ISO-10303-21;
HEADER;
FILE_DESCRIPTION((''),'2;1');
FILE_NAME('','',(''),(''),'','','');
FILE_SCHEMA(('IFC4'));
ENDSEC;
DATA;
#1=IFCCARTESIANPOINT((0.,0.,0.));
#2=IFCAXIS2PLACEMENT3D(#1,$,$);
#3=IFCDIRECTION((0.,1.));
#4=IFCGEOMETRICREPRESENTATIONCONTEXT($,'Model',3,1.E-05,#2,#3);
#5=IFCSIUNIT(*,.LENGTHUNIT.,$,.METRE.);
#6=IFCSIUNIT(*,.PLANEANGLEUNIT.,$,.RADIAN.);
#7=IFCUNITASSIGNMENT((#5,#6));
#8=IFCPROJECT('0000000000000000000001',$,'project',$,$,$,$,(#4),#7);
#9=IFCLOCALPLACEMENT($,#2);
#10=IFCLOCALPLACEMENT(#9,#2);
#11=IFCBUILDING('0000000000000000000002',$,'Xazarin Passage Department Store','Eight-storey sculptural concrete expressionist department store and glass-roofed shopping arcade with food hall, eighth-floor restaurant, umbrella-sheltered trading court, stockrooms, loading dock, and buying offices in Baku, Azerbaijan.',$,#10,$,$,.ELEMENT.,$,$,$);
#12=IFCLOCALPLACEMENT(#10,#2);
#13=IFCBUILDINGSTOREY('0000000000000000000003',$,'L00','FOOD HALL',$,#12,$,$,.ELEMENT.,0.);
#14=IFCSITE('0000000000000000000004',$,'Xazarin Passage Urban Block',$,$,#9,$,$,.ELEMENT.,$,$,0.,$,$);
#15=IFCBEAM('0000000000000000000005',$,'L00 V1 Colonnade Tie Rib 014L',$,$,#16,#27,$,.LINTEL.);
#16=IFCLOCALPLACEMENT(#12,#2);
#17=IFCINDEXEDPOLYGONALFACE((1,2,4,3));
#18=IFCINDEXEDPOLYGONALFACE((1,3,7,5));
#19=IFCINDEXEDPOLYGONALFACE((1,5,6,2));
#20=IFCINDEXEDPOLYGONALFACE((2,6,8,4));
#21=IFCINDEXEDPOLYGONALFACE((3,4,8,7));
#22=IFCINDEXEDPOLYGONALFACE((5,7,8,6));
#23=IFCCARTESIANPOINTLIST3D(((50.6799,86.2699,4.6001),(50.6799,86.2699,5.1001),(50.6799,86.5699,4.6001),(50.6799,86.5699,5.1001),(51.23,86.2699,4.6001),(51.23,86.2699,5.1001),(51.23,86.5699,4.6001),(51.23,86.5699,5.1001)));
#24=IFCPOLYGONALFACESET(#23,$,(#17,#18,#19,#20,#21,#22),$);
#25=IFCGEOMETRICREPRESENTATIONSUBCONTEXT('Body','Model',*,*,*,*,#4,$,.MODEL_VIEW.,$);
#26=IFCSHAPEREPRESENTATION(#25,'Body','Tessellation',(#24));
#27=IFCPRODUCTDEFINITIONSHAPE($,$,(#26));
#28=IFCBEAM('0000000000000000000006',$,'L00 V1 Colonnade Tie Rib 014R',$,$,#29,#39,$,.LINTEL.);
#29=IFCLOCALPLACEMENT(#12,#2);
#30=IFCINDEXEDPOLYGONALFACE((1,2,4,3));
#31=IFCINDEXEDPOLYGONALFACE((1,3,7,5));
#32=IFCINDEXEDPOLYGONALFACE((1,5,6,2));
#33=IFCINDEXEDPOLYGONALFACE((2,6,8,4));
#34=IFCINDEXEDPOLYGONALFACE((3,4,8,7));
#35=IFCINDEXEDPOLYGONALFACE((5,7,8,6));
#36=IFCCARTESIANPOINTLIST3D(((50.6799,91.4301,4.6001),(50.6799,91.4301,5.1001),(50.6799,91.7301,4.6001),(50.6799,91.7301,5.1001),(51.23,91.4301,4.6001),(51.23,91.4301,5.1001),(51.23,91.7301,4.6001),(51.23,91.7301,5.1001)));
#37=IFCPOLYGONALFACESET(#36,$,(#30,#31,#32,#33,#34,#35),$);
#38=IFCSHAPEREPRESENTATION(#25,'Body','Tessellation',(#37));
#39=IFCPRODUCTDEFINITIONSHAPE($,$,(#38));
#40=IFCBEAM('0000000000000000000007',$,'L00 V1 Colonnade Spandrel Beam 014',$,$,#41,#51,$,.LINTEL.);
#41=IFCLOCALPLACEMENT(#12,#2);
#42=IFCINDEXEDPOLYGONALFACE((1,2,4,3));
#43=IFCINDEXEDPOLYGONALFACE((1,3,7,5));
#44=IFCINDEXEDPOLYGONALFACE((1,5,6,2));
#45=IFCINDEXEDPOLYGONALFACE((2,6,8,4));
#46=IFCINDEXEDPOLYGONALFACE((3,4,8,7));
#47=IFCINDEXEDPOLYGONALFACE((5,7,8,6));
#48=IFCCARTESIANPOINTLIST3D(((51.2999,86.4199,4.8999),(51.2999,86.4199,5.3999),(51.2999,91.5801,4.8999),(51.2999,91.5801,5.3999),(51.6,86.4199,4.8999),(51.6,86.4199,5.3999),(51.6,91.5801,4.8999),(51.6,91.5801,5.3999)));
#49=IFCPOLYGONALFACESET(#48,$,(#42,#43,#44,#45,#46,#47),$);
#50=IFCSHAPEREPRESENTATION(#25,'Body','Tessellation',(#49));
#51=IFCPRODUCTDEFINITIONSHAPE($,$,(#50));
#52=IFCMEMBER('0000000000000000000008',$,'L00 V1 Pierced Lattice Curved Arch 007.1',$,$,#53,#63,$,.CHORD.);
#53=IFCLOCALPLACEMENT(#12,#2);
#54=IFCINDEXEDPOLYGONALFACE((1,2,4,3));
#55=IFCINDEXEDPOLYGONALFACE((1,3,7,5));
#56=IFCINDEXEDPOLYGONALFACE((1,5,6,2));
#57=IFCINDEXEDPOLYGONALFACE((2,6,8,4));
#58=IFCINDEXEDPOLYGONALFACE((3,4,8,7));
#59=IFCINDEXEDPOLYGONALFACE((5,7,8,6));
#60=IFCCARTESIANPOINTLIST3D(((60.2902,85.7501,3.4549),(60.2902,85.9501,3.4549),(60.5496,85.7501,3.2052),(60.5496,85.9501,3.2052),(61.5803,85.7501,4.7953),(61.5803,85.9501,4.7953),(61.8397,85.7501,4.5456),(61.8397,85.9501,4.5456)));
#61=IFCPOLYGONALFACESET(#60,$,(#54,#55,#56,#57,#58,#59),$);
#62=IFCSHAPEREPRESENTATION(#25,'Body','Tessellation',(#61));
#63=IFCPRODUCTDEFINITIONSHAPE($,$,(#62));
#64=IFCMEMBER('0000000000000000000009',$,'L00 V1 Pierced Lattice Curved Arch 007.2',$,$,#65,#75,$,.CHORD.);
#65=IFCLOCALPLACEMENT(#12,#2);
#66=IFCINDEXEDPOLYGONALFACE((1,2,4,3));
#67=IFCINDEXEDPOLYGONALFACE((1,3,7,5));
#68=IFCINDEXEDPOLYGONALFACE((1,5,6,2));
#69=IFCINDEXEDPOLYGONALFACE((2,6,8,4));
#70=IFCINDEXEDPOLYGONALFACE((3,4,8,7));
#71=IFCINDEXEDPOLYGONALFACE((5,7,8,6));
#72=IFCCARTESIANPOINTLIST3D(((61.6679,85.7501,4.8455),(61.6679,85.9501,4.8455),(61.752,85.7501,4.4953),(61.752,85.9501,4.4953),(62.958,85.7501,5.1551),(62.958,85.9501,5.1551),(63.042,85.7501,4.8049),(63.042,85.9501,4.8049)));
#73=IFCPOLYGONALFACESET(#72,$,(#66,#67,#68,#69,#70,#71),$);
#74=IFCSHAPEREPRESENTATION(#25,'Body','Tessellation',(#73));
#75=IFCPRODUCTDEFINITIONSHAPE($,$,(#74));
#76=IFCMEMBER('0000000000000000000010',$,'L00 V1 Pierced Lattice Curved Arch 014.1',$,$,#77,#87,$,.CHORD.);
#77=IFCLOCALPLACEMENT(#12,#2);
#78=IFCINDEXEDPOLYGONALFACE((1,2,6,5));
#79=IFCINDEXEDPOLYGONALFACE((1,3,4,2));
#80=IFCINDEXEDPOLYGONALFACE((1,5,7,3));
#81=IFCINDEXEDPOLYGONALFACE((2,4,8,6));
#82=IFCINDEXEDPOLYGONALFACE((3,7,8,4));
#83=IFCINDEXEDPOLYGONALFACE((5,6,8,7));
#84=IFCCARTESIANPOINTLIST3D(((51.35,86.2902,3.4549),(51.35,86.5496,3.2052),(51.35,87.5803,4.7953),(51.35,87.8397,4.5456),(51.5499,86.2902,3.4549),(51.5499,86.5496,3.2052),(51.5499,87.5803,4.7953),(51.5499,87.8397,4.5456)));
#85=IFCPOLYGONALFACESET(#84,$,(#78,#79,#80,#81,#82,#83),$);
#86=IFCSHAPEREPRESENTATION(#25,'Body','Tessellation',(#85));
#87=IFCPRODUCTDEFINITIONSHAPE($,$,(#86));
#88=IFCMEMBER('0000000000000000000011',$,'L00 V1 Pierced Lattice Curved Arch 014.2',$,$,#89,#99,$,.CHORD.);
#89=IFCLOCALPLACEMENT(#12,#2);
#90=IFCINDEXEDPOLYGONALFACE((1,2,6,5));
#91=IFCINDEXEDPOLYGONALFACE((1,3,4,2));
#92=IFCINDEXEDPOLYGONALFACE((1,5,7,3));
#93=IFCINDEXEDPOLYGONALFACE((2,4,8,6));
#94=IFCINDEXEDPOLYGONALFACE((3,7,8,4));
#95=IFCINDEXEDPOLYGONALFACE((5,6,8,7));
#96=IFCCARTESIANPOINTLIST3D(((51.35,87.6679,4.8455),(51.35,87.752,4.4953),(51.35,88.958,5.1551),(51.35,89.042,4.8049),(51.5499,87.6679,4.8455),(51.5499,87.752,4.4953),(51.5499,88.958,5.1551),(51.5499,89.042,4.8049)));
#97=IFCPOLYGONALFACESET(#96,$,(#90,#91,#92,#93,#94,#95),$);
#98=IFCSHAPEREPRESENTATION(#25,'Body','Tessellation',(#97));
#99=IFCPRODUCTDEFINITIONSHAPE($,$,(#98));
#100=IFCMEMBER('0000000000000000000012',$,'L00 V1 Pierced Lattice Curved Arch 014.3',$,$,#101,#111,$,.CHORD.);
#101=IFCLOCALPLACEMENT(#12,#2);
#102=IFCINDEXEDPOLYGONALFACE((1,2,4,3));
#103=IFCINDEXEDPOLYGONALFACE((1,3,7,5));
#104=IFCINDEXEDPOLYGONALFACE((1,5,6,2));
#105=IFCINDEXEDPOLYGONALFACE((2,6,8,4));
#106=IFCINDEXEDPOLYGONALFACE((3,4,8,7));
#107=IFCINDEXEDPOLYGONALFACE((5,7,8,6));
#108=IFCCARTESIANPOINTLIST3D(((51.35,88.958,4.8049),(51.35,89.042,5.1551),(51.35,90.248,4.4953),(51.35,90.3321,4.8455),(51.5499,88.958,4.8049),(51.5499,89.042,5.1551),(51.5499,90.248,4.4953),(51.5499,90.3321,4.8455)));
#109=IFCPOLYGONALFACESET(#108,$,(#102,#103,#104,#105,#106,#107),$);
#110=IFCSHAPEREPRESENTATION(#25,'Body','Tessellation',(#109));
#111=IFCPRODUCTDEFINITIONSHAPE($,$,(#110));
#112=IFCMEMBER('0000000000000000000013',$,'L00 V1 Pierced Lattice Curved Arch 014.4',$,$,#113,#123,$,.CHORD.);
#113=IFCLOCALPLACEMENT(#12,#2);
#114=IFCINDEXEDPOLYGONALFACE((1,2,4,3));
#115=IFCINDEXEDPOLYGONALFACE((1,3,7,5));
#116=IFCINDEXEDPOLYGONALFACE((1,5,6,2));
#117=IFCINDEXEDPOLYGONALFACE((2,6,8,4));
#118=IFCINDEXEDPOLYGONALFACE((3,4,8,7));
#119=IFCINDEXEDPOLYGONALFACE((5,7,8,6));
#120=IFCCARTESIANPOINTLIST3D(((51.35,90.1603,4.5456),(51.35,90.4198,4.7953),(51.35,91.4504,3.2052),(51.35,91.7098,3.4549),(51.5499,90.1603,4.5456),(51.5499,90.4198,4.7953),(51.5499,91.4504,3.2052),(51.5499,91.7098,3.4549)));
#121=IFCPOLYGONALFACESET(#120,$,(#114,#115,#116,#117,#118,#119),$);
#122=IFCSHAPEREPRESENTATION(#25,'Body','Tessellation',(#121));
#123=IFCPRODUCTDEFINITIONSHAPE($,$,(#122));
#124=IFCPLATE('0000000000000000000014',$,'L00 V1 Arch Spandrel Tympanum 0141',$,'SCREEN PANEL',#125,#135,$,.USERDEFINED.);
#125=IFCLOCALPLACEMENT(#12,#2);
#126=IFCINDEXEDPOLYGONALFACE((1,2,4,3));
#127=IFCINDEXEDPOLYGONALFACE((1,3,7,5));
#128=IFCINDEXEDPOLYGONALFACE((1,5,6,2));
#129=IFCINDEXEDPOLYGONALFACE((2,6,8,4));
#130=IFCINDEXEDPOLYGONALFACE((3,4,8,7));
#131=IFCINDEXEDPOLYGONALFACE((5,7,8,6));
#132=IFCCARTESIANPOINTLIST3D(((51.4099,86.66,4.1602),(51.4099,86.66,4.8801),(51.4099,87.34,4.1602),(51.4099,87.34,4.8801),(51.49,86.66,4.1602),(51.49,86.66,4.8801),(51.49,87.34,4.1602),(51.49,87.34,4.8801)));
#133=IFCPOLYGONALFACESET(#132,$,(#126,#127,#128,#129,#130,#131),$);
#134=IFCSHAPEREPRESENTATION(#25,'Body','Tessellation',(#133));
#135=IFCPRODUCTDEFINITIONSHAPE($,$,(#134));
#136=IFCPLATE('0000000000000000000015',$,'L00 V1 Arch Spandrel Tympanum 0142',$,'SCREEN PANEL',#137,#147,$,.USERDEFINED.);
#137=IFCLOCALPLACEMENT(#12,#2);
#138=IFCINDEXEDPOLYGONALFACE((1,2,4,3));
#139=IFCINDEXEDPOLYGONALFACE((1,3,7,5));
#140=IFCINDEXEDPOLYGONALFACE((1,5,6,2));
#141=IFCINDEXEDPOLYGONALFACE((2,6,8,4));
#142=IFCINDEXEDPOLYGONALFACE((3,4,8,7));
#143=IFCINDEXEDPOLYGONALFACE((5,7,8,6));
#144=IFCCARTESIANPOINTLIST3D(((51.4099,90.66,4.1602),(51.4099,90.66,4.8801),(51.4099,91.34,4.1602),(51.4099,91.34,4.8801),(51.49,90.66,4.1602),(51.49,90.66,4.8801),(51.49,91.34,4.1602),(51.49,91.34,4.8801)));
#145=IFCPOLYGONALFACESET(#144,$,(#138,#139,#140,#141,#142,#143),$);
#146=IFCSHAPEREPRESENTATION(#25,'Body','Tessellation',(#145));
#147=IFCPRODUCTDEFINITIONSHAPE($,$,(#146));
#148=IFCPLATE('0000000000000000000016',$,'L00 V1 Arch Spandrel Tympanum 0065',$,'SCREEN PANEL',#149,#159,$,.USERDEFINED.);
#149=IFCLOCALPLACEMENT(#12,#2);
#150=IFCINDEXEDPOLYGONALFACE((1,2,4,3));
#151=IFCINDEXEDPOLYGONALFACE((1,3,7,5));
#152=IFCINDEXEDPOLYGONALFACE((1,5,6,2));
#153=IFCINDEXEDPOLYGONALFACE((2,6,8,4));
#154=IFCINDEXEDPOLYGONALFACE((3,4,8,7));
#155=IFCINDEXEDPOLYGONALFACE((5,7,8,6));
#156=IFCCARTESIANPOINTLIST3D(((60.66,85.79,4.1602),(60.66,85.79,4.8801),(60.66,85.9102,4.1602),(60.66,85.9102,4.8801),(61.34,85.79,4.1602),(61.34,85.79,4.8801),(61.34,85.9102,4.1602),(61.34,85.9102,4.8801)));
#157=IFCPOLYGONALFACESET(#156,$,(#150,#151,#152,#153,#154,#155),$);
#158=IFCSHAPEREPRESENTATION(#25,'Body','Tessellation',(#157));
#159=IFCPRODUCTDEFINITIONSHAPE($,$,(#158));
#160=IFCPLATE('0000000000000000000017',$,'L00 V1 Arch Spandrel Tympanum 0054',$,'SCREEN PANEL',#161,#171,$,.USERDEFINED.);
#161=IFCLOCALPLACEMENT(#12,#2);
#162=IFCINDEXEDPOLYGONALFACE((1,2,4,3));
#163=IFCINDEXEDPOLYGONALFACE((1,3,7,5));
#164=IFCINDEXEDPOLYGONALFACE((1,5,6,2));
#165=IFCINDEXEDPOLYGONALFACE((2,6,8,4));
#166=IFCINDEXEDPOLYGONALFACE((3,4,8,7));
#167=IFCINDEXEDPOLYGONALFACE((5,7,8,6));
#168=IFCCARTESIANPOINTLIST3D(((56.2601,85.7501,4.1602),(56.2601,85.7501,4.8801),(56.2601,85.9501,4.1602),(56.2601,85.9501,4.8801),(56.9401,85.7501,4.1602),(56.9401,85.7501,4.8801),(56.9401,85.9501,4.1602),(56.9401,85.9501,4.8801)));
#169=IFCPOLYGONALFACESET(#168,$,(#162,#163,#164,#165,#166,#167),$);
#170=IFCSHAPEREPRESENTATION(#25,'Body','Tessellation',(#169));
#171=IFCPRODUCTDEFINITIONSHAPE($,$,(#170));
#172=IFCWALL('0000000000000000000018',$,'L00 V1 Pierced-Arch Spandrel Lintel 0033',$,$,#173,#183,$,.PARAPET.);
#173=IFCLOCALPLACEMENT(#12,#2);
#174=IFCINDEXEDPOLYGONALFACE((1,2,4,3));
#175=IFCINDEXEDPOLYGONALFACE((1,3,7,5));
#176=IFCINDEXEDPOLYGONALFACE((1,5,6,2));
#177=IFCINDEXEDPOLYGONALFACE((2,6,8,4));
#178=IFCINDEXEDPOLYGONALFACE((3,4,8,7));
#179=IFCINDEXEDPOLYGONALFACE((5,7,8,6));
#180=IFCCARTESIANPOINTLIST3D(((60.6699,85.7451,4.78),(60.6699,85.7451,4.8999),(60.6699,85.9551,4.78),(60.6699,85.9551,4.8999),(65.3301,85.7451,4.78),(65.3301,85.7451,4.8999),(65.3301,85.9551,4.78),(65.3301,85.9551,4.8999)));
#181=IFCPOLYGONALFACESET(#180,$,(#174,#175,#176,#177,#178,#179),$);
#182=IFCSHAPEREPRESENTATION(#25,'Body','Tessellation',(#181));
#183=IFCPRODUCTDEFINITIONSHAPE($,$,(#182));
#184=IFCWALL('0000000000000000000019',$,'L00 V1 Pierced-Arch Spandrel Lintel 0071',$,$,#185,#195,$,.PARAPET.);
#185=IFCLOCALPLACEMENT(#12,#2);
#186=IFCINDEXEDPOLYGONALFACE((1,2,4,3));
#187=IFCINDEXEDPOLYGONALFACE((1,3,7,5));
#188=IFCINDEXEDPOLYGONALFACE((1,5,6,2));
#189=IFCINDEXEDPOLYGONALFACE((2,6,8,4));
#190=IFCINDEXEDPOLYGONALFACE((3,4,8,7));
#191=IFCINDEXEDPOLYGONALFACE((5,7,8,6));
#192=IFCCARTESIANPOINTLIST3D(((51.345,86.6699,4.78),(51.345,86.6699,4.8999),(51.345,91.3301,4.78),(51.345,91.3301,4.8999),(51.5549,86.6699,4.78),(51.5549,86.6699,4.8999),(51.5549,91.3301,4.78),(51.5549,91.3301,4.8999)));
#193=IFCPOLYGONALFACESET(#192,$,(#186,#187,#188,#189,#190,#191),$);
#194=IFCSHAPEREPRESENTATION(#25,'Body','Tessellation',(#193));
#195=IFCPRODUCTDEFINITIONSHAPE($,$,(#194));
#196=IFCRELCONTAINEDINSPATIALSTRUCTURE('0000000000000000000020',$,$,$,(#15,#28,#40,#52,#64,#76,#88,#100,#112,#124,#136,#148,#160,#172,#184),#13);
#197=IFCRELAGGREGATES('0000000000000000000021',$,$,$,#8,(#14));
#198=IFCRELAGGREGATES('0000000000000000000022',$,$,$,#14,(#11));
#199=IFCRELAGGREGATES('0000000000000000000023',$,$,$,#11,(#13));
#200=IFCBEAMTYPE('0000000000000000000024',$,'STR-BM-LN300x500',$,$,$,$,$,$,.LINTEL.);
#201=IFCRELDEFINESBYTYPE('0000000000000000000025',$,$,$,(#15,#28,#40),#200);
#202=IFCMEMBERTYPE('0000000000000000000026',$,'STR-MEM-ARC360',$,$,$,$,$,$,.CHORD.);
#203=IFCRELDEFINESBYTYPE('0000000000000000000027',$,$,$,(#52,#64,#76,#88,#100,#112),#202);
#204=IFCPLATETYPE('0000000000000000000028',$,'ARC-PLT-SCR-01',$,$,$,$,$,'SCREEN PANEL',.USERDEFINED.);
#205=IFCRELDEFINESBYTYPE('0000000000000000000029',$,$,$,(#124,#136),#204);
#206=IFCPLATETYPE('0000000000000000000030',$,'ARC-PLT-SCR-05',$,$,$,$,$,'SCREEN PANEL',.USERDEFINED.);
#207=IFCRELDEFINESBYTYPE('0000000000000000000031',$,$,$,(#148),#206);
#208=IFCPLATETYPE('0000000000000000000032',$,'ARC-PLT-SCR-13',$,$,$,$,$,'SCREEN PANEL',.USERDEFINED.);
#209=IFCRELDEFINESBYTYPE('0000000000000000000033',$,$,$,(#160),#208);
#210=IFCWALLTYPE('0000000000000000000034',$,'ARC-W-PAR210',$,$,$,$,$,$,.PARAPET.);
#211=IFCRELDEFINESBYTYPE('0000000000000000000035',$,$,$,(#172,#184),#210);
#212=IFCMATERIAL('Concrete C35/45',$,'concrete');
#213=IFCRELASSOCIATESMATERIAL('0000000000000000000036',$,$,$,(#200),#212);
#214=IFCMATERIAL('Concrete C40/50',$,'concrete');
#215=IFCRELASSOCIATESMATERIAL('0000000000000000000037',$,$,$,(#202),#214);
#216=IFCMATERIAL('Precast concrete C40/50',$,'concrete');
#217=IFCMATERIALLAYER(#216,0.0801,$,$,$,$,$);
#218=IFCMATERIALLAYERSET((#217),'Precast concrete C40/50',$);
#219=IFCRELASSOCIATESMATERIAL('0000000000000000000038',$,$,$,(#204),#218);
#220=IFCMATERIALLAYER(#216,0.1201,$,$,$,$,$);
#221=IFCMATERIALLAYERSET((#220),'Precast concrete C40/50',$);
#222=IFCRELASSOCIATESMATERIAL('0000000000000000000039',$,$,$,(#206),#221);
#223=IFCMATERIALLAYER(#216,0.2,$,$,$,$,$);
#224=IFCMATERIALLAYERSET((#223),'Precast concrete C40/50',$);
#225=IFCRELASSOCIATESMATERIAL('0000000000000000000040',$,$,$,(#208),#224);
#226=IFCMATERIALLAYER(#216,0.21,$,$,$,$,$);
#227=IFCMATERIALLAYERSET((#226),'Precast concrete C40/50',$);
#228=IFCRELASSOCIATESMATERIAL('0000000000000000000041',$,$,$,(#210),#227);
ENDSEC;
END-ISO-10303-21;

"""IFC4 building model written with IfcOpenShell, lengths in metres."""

from ifc_helpers import new_model, si_unit, direction, frame, frame_2d, origin, origin_2d, place, context, subcontext, project, spatial, rectangle, extrude, material, layer, layer_set, material_profile, profile_set, type_object, element, save


model = new_model("IFC4")

# Units and contexts
model_context = context("Model", 3, precision=1e-05, world=origin(), true_north=direction((0.0, 1.0)))
body_context = subcontext(model_context, "Body", "Model", "MODEL_VIEW")
ifc_project = project(units=[si_unit("LENGTHUNIT", "METRE"), si_unit("PLANEANGLEUNIT", "RADIAN")], contexts=[model_context])

# Site, building, storey
site_placement = place(None, origin())
site = spatial("IfcSite", under=ifc_project, at=site_placement, Name="Xazarin Passage Urban Block", CompositionType="ELEMENT", RefElevation=0.0)
building_placement = place(site_placement, origin())
building = spatial("IfcBuilding", under=site, at=building_placement, Name="Xazarin Passage Department Store", Description="Eight-storey sculptural concrete expressionist department store and glass-roofed shopping arcade with food hall, eighth-floor restaurant, umbrella-sheltered trading court, stockrooms, loading dock, and buying offices in Baku, Azerbaijan.", CompositionType="ELEMENT")
storey_placement = place(building_placement, origin())
storey = spatial("IfcBuildingStorey", under=building, at=storey_placement, Name="L00", Description="FOOD HALL", CompositionType="ELEMENT", Elevation=0.0)

# Shared definitions
ifc_material_1 = material(Name="Concrete C35/45", Category="concrete")

# Shared definitions
ifc_material_2 = material(Name="Concrete C40/50", Category="concrete")

# Beams
ifc_material_profile_1 = material_profile(ifc_material_1, rectangle(XDim=0.3, YDim=0.5, at=origin_2d()), Name="RC 300x500")
ifc_profile_set_1 = profile_set([ifc_material_profile_1], Name="Concrete C35/45")
beam_type = type_object("IfcBeamType", Name="STR-BM-LN300x500", PredefinedType="LINTEL", material=ifc_profile_set_1)
for number, where, z_axis, x_axis, name in (
    (1, (50.6799, 86.4199, 4.8501), (1.0, 0.0, 0.0), (0.0, 1.0, 0.0), "L00 V1 Colonnade Tie Rib 014L"),
    (2, (50.6799, 91.5801, 4.8501), (1.0, 0.0, 0.0), (0.0, 1.0, 0.0), "L00 V1 Colonnade Tie Rib 014R"),
):
    element("IfcBeam", number, at=place(storey_placement, frame(where, z_axis=z_axis, x_axis=x_axis)), inside=storey, type_object=beam_type, Name=name, PredefinedType="LINTEL", context=body_context, shape_type="SweptSolid", body=[
        extrude(rectangle(XDim=0.3, YDim=0.5, at=origin_2d()), origin(), (0.0, 0.0, 1.0), 0.55),
    ])
beam_1_placement = place(storey_placement, frame((51.45, 86.4199, 5.1499), z_axis=(0.0, 1.0, 0.0), x_axis=(-1.0, 0.0, 0.0)))
element("IfcBeam", 3, at=beam_1_placement, inside=storey, type_object=beam_type, Name="L00 V1 Colonnade Spandrel Beam 014", PredefinedType="LINTEL", context=body_context, shape_type="SweptSolid", body=[
    extrude(rectangle(XDim=0.3, YDim=0.5, at=origin_2d()), origin(), (0.0, 0.0, 1.0), 5.1602),
])

# Members
ifc_material_profile_2 = material_profile(ifc_material_2, rectangle(XDim=0.2, YDim=0.3601, at=origin_2d()), Name="RC 200x360")
ifc_profile_set_2 = profile_set([ifc_material_profile_2], Name="Concrete C40/50")
member_type = type_object("IfcMemberType", Name="STR-MEM-ARC360", PredefinedType="CHORD", material=ifc_profile_set_2)
member_1_placement = place(storey_placement, frame((60.4199, 85.8501, 3.3301), z_axis=(0.69346, 0.0, 0.720495), x_axis=(0.0, 1.0, 0.0)))
element("IfcMember", 4, at=member_1_placement, inside=storey, type_object=member_type, Name="L00 V1 Pierced Lattice Curved Arch 007.1", PredefinedType="CHORD", context=body_context, shape_type="SweptSolid", body=[
    extrude(rectangle(XDim=0.2, YDim=0.3601, at=origin_2d()), origin(), (0.0, 0.0, 1.0), 1.8604),
])
member_2_placement = place(storey_placement, frame((61.71, 85.8501, 4.6704), z_axis=(0.972394, 0.0, 0.233345), x_axis=(0.0, 1.0, 0.0)))
element("IfcMember", 5, at=member_2_placement, inside=storey, type_object=member_type, Name="L00 V1 Pierced Lattice Curved Arch 007.2", PredefinedType="CHORD", context=body_context, shape_type="SweptSolid", body=[
    extrude(rectangle(XDim=0.2, YDim=0.3601, at=origin_2d()), origin(), (0.0, 0.0, 1.0), 1.3267),
])
member_3_placement = place(storey_placement, frame((51.45, 86.4199, 3.3301), z_axis=(0.0, 0.69346, 0.720495), x_axis=(-1.0, 0.0, 0.0)))
element("IfcMember", 6, at=member_3_placement, inside=storey, type_object=member_type, Name="L00 V1 Pierced Lattice Curved Arch 014.1", PredefinedType="CHORD", context=body_context, shape_type="SweptSolid", body=[
    extrude(rectangle(XDim=0.2, YDim=0.3601, at=origin_2d()), origin(), (0.0, 0.0, 1.0), 1.8604),
])
for number, where, z_axis, x_axis, name in (
    (7, (51.45, 87.71, 4.6704), (0.0, 0.972394, 0.233345), (-1.0, 0.0, 0.0), "L00 V1 Pierced Lattice Curved Arch 014.2"),
    (8, (51.45, 89.0, 4.98), (0.0, 0.972394, -0.233345), (-1.0, 0.0, 0.0), "L00 V1 Pierced Lattice Curved Arch 014.3"),
):
    element("IfcMember", number, at=place(storey_placement, frame(where, z_axis=z_axis, x_axis=x_axis)), inside=storey, type_object=member_type, Name=name, PredefinedType="CHORD", context=body_context, shape_type="SweptSolid", body=[
        extrude(rectangle(XDim=0.2, YDim=0.3601, at=origin_2d()), origin(), (0.0, 0.0, 1.0), 1.3267),
    ])
member_4_placement = place(storey_placement, frame((51.45, 90.29, 4.6704), z_axis=(0.0, 0.69346, -0.720495), x_axis=(-1.0, 0.0, 0.0)))
element("IfcMember", 9, at=member_4_placement, inside=storey, type_object=member_type, Name="L00 V1 Pierced Lattice Curved Arch 014.4", PredefinedType="CHORD", context=body_context, shape_type="SweptSolid", body=[
    extrude(rectangle(XDim=0.2, YDim=0.3601, at=origin_2d()), origin(), (0.0, 0.0, 1.0), 1.8604),
])

# Plates
ifc_material_3 = material(Name="Precast concrete C40/50", Category="concrete")
ifc_layer_1 = layer(ifc_material_3, 0.0801)
ifc_layer_set_1 = layer_set([ifc_layer_1], Name="Precast concrete C40/50")
plate_type_1 = type_object("IfcPlateType", Name="ARC-PLT-SCR-01", ElementType="SCREEN PANEL", PredefinedType="USERDEFINED", material=ifc_layer_set_1)
for number, where, z_axis, x_axis, name in (
    (10, (51.45, 87.0, 4.1602), (0.0, 0.0, 1.0), (0.0, 1.0, 0.0), "L00 V1 Arch Spandrel Tympanum 0141"),
    (11, (51.45, 91.0, 4.1602), (0.0, 0.0, 1.0), (0.0, 1.0, 0.0), "L00 V1 Arch Spandrel Tympanum 0142"),
):
    element("IfcPlate", number, at=place(storey_placement, frame(where, z_axis=z_axis, x_axis=x_axis)), inside=storey, type_object=plate_type_1, Name=name, ObjectType="SCREEN PANEL", PredefinedType="USERDEFINED", context=body_context, shape_type="SweptSolid", body=[
        extrude(rectangle(XDim=0.6799, YDim=0.0801, at=origin_2d()), origin(), (0.0, 0.0, 1.0), 0.72),
    ])
ifc_layer_2 = layer(ifc_material_3, 0.1201)
ifc_layer_set_2 = layer_set([ifc_layer_2], Name="Precast concrete C40/50")
plate_type_2 = type_object("IfcPlateType", Name="ARC-PLT-SCR-05", ElementType="SCREEN PANEL", PredefinedType="USERDEFINED", material=ifc_layer_set_2)
plate_1_placement = place(storey_placement, frame((61.0, 85.8501, 4.1602), z_axis=(0.0, 0.0, 1.0), x_axis=(1.0, 0.0, 0.0)))
element("IfcPlate", 12, at=plate_1_placement, inside=storey, type_object=plate_type_2, Name="L00 V1 Arch Spandrel Tympanum 0065", ObjectType="SCREEN PANEL", PredefinedType="USERDEFINED", context=body_context, shape_type="SweptSolid", body=[
    extrude(rectangle(XDim=0.6799, YDim=0.1201, at=origin_2d()), origin(), (0.0, 0.0, 1.0), 0.72),
])
ifc_layer_3 = layer(ifc_material_3, 0.2)
ifc_layer_set_3 = layer_set([ifc_layer_3], Name="Precast concrete C40/50")
plate_type_3 = type_object("IfcPlateType", Name="ARC-PLT-SCR-13", ElementType="SCREEN PANEL", PredefinedType="USERDEFINED", material=ifc_layer_set_3)
plate_2_placement = place(storey_placement, frame((56.6001, 85.8501, 4.1602), z_axis=(0.0, 0.0, 1.0), x_axis=(1.0, 0.0, 0.0)))
element("IfcPlate", 13, at=plate_2_placement, inside=storey, type_object=plate_type_3, Name="L00 V1 Arch Spandrel Tympanum 0054", ObjectType="SCREEN PANEL", PredefinedType="USERDEFINED", context=body_context, shape_type="SweptSolid", body=[
    extrude(rectangle(XDim=0.6799, YDim=0.2, at=origin_2d()), origin(), (0.0, 0.0, 1.0), 0.72),
])

# Walls
ifc_layer_4 = layer(ifc_material_3, 0.21)
ifc_layer_set_4 = layer_set([ifc_layer_4], Name="Precast concrete C40/50")
wall_type = type_object("IfcWallType", Name="ARC-W-PAR210", PredefinedType="PARAPET", material=ifc_layer_set_4)
for number, where, z_axis, x_axis, name in (
    (14, (60.6699, 85.8501, 4.78), (0.0, 0.0, 1.0), (1.0, 0.0, 0.0), "L00 V1 Pierced-Arch Spandrel Lintel 0033"),
    (15, (51.45, 86.6699, 4.78), (0.0, 0.0, 1.0), (0.0, 1.0, 0.0), "L00 V1 Pierced-Arch Spandrel Lintel 0071"),
):
    element("IfcWall", number, at=place(storey_placement, frame(where, z_axis=z_axis, x_axis=x_axis)), inside=storey, type_object=wall_type, Name=name, PredefinedType="PARAPET", context=body_context, shape_type="SweptSolid", body=[
        extrude(rectangle(XDim=4.6602, YDim=0.21, at=frame_2d((2.3301, 0.0))), origin(), (0.0, 0.0, 1.0), 0.1199),
    ])

save(model, "model.ifc")
